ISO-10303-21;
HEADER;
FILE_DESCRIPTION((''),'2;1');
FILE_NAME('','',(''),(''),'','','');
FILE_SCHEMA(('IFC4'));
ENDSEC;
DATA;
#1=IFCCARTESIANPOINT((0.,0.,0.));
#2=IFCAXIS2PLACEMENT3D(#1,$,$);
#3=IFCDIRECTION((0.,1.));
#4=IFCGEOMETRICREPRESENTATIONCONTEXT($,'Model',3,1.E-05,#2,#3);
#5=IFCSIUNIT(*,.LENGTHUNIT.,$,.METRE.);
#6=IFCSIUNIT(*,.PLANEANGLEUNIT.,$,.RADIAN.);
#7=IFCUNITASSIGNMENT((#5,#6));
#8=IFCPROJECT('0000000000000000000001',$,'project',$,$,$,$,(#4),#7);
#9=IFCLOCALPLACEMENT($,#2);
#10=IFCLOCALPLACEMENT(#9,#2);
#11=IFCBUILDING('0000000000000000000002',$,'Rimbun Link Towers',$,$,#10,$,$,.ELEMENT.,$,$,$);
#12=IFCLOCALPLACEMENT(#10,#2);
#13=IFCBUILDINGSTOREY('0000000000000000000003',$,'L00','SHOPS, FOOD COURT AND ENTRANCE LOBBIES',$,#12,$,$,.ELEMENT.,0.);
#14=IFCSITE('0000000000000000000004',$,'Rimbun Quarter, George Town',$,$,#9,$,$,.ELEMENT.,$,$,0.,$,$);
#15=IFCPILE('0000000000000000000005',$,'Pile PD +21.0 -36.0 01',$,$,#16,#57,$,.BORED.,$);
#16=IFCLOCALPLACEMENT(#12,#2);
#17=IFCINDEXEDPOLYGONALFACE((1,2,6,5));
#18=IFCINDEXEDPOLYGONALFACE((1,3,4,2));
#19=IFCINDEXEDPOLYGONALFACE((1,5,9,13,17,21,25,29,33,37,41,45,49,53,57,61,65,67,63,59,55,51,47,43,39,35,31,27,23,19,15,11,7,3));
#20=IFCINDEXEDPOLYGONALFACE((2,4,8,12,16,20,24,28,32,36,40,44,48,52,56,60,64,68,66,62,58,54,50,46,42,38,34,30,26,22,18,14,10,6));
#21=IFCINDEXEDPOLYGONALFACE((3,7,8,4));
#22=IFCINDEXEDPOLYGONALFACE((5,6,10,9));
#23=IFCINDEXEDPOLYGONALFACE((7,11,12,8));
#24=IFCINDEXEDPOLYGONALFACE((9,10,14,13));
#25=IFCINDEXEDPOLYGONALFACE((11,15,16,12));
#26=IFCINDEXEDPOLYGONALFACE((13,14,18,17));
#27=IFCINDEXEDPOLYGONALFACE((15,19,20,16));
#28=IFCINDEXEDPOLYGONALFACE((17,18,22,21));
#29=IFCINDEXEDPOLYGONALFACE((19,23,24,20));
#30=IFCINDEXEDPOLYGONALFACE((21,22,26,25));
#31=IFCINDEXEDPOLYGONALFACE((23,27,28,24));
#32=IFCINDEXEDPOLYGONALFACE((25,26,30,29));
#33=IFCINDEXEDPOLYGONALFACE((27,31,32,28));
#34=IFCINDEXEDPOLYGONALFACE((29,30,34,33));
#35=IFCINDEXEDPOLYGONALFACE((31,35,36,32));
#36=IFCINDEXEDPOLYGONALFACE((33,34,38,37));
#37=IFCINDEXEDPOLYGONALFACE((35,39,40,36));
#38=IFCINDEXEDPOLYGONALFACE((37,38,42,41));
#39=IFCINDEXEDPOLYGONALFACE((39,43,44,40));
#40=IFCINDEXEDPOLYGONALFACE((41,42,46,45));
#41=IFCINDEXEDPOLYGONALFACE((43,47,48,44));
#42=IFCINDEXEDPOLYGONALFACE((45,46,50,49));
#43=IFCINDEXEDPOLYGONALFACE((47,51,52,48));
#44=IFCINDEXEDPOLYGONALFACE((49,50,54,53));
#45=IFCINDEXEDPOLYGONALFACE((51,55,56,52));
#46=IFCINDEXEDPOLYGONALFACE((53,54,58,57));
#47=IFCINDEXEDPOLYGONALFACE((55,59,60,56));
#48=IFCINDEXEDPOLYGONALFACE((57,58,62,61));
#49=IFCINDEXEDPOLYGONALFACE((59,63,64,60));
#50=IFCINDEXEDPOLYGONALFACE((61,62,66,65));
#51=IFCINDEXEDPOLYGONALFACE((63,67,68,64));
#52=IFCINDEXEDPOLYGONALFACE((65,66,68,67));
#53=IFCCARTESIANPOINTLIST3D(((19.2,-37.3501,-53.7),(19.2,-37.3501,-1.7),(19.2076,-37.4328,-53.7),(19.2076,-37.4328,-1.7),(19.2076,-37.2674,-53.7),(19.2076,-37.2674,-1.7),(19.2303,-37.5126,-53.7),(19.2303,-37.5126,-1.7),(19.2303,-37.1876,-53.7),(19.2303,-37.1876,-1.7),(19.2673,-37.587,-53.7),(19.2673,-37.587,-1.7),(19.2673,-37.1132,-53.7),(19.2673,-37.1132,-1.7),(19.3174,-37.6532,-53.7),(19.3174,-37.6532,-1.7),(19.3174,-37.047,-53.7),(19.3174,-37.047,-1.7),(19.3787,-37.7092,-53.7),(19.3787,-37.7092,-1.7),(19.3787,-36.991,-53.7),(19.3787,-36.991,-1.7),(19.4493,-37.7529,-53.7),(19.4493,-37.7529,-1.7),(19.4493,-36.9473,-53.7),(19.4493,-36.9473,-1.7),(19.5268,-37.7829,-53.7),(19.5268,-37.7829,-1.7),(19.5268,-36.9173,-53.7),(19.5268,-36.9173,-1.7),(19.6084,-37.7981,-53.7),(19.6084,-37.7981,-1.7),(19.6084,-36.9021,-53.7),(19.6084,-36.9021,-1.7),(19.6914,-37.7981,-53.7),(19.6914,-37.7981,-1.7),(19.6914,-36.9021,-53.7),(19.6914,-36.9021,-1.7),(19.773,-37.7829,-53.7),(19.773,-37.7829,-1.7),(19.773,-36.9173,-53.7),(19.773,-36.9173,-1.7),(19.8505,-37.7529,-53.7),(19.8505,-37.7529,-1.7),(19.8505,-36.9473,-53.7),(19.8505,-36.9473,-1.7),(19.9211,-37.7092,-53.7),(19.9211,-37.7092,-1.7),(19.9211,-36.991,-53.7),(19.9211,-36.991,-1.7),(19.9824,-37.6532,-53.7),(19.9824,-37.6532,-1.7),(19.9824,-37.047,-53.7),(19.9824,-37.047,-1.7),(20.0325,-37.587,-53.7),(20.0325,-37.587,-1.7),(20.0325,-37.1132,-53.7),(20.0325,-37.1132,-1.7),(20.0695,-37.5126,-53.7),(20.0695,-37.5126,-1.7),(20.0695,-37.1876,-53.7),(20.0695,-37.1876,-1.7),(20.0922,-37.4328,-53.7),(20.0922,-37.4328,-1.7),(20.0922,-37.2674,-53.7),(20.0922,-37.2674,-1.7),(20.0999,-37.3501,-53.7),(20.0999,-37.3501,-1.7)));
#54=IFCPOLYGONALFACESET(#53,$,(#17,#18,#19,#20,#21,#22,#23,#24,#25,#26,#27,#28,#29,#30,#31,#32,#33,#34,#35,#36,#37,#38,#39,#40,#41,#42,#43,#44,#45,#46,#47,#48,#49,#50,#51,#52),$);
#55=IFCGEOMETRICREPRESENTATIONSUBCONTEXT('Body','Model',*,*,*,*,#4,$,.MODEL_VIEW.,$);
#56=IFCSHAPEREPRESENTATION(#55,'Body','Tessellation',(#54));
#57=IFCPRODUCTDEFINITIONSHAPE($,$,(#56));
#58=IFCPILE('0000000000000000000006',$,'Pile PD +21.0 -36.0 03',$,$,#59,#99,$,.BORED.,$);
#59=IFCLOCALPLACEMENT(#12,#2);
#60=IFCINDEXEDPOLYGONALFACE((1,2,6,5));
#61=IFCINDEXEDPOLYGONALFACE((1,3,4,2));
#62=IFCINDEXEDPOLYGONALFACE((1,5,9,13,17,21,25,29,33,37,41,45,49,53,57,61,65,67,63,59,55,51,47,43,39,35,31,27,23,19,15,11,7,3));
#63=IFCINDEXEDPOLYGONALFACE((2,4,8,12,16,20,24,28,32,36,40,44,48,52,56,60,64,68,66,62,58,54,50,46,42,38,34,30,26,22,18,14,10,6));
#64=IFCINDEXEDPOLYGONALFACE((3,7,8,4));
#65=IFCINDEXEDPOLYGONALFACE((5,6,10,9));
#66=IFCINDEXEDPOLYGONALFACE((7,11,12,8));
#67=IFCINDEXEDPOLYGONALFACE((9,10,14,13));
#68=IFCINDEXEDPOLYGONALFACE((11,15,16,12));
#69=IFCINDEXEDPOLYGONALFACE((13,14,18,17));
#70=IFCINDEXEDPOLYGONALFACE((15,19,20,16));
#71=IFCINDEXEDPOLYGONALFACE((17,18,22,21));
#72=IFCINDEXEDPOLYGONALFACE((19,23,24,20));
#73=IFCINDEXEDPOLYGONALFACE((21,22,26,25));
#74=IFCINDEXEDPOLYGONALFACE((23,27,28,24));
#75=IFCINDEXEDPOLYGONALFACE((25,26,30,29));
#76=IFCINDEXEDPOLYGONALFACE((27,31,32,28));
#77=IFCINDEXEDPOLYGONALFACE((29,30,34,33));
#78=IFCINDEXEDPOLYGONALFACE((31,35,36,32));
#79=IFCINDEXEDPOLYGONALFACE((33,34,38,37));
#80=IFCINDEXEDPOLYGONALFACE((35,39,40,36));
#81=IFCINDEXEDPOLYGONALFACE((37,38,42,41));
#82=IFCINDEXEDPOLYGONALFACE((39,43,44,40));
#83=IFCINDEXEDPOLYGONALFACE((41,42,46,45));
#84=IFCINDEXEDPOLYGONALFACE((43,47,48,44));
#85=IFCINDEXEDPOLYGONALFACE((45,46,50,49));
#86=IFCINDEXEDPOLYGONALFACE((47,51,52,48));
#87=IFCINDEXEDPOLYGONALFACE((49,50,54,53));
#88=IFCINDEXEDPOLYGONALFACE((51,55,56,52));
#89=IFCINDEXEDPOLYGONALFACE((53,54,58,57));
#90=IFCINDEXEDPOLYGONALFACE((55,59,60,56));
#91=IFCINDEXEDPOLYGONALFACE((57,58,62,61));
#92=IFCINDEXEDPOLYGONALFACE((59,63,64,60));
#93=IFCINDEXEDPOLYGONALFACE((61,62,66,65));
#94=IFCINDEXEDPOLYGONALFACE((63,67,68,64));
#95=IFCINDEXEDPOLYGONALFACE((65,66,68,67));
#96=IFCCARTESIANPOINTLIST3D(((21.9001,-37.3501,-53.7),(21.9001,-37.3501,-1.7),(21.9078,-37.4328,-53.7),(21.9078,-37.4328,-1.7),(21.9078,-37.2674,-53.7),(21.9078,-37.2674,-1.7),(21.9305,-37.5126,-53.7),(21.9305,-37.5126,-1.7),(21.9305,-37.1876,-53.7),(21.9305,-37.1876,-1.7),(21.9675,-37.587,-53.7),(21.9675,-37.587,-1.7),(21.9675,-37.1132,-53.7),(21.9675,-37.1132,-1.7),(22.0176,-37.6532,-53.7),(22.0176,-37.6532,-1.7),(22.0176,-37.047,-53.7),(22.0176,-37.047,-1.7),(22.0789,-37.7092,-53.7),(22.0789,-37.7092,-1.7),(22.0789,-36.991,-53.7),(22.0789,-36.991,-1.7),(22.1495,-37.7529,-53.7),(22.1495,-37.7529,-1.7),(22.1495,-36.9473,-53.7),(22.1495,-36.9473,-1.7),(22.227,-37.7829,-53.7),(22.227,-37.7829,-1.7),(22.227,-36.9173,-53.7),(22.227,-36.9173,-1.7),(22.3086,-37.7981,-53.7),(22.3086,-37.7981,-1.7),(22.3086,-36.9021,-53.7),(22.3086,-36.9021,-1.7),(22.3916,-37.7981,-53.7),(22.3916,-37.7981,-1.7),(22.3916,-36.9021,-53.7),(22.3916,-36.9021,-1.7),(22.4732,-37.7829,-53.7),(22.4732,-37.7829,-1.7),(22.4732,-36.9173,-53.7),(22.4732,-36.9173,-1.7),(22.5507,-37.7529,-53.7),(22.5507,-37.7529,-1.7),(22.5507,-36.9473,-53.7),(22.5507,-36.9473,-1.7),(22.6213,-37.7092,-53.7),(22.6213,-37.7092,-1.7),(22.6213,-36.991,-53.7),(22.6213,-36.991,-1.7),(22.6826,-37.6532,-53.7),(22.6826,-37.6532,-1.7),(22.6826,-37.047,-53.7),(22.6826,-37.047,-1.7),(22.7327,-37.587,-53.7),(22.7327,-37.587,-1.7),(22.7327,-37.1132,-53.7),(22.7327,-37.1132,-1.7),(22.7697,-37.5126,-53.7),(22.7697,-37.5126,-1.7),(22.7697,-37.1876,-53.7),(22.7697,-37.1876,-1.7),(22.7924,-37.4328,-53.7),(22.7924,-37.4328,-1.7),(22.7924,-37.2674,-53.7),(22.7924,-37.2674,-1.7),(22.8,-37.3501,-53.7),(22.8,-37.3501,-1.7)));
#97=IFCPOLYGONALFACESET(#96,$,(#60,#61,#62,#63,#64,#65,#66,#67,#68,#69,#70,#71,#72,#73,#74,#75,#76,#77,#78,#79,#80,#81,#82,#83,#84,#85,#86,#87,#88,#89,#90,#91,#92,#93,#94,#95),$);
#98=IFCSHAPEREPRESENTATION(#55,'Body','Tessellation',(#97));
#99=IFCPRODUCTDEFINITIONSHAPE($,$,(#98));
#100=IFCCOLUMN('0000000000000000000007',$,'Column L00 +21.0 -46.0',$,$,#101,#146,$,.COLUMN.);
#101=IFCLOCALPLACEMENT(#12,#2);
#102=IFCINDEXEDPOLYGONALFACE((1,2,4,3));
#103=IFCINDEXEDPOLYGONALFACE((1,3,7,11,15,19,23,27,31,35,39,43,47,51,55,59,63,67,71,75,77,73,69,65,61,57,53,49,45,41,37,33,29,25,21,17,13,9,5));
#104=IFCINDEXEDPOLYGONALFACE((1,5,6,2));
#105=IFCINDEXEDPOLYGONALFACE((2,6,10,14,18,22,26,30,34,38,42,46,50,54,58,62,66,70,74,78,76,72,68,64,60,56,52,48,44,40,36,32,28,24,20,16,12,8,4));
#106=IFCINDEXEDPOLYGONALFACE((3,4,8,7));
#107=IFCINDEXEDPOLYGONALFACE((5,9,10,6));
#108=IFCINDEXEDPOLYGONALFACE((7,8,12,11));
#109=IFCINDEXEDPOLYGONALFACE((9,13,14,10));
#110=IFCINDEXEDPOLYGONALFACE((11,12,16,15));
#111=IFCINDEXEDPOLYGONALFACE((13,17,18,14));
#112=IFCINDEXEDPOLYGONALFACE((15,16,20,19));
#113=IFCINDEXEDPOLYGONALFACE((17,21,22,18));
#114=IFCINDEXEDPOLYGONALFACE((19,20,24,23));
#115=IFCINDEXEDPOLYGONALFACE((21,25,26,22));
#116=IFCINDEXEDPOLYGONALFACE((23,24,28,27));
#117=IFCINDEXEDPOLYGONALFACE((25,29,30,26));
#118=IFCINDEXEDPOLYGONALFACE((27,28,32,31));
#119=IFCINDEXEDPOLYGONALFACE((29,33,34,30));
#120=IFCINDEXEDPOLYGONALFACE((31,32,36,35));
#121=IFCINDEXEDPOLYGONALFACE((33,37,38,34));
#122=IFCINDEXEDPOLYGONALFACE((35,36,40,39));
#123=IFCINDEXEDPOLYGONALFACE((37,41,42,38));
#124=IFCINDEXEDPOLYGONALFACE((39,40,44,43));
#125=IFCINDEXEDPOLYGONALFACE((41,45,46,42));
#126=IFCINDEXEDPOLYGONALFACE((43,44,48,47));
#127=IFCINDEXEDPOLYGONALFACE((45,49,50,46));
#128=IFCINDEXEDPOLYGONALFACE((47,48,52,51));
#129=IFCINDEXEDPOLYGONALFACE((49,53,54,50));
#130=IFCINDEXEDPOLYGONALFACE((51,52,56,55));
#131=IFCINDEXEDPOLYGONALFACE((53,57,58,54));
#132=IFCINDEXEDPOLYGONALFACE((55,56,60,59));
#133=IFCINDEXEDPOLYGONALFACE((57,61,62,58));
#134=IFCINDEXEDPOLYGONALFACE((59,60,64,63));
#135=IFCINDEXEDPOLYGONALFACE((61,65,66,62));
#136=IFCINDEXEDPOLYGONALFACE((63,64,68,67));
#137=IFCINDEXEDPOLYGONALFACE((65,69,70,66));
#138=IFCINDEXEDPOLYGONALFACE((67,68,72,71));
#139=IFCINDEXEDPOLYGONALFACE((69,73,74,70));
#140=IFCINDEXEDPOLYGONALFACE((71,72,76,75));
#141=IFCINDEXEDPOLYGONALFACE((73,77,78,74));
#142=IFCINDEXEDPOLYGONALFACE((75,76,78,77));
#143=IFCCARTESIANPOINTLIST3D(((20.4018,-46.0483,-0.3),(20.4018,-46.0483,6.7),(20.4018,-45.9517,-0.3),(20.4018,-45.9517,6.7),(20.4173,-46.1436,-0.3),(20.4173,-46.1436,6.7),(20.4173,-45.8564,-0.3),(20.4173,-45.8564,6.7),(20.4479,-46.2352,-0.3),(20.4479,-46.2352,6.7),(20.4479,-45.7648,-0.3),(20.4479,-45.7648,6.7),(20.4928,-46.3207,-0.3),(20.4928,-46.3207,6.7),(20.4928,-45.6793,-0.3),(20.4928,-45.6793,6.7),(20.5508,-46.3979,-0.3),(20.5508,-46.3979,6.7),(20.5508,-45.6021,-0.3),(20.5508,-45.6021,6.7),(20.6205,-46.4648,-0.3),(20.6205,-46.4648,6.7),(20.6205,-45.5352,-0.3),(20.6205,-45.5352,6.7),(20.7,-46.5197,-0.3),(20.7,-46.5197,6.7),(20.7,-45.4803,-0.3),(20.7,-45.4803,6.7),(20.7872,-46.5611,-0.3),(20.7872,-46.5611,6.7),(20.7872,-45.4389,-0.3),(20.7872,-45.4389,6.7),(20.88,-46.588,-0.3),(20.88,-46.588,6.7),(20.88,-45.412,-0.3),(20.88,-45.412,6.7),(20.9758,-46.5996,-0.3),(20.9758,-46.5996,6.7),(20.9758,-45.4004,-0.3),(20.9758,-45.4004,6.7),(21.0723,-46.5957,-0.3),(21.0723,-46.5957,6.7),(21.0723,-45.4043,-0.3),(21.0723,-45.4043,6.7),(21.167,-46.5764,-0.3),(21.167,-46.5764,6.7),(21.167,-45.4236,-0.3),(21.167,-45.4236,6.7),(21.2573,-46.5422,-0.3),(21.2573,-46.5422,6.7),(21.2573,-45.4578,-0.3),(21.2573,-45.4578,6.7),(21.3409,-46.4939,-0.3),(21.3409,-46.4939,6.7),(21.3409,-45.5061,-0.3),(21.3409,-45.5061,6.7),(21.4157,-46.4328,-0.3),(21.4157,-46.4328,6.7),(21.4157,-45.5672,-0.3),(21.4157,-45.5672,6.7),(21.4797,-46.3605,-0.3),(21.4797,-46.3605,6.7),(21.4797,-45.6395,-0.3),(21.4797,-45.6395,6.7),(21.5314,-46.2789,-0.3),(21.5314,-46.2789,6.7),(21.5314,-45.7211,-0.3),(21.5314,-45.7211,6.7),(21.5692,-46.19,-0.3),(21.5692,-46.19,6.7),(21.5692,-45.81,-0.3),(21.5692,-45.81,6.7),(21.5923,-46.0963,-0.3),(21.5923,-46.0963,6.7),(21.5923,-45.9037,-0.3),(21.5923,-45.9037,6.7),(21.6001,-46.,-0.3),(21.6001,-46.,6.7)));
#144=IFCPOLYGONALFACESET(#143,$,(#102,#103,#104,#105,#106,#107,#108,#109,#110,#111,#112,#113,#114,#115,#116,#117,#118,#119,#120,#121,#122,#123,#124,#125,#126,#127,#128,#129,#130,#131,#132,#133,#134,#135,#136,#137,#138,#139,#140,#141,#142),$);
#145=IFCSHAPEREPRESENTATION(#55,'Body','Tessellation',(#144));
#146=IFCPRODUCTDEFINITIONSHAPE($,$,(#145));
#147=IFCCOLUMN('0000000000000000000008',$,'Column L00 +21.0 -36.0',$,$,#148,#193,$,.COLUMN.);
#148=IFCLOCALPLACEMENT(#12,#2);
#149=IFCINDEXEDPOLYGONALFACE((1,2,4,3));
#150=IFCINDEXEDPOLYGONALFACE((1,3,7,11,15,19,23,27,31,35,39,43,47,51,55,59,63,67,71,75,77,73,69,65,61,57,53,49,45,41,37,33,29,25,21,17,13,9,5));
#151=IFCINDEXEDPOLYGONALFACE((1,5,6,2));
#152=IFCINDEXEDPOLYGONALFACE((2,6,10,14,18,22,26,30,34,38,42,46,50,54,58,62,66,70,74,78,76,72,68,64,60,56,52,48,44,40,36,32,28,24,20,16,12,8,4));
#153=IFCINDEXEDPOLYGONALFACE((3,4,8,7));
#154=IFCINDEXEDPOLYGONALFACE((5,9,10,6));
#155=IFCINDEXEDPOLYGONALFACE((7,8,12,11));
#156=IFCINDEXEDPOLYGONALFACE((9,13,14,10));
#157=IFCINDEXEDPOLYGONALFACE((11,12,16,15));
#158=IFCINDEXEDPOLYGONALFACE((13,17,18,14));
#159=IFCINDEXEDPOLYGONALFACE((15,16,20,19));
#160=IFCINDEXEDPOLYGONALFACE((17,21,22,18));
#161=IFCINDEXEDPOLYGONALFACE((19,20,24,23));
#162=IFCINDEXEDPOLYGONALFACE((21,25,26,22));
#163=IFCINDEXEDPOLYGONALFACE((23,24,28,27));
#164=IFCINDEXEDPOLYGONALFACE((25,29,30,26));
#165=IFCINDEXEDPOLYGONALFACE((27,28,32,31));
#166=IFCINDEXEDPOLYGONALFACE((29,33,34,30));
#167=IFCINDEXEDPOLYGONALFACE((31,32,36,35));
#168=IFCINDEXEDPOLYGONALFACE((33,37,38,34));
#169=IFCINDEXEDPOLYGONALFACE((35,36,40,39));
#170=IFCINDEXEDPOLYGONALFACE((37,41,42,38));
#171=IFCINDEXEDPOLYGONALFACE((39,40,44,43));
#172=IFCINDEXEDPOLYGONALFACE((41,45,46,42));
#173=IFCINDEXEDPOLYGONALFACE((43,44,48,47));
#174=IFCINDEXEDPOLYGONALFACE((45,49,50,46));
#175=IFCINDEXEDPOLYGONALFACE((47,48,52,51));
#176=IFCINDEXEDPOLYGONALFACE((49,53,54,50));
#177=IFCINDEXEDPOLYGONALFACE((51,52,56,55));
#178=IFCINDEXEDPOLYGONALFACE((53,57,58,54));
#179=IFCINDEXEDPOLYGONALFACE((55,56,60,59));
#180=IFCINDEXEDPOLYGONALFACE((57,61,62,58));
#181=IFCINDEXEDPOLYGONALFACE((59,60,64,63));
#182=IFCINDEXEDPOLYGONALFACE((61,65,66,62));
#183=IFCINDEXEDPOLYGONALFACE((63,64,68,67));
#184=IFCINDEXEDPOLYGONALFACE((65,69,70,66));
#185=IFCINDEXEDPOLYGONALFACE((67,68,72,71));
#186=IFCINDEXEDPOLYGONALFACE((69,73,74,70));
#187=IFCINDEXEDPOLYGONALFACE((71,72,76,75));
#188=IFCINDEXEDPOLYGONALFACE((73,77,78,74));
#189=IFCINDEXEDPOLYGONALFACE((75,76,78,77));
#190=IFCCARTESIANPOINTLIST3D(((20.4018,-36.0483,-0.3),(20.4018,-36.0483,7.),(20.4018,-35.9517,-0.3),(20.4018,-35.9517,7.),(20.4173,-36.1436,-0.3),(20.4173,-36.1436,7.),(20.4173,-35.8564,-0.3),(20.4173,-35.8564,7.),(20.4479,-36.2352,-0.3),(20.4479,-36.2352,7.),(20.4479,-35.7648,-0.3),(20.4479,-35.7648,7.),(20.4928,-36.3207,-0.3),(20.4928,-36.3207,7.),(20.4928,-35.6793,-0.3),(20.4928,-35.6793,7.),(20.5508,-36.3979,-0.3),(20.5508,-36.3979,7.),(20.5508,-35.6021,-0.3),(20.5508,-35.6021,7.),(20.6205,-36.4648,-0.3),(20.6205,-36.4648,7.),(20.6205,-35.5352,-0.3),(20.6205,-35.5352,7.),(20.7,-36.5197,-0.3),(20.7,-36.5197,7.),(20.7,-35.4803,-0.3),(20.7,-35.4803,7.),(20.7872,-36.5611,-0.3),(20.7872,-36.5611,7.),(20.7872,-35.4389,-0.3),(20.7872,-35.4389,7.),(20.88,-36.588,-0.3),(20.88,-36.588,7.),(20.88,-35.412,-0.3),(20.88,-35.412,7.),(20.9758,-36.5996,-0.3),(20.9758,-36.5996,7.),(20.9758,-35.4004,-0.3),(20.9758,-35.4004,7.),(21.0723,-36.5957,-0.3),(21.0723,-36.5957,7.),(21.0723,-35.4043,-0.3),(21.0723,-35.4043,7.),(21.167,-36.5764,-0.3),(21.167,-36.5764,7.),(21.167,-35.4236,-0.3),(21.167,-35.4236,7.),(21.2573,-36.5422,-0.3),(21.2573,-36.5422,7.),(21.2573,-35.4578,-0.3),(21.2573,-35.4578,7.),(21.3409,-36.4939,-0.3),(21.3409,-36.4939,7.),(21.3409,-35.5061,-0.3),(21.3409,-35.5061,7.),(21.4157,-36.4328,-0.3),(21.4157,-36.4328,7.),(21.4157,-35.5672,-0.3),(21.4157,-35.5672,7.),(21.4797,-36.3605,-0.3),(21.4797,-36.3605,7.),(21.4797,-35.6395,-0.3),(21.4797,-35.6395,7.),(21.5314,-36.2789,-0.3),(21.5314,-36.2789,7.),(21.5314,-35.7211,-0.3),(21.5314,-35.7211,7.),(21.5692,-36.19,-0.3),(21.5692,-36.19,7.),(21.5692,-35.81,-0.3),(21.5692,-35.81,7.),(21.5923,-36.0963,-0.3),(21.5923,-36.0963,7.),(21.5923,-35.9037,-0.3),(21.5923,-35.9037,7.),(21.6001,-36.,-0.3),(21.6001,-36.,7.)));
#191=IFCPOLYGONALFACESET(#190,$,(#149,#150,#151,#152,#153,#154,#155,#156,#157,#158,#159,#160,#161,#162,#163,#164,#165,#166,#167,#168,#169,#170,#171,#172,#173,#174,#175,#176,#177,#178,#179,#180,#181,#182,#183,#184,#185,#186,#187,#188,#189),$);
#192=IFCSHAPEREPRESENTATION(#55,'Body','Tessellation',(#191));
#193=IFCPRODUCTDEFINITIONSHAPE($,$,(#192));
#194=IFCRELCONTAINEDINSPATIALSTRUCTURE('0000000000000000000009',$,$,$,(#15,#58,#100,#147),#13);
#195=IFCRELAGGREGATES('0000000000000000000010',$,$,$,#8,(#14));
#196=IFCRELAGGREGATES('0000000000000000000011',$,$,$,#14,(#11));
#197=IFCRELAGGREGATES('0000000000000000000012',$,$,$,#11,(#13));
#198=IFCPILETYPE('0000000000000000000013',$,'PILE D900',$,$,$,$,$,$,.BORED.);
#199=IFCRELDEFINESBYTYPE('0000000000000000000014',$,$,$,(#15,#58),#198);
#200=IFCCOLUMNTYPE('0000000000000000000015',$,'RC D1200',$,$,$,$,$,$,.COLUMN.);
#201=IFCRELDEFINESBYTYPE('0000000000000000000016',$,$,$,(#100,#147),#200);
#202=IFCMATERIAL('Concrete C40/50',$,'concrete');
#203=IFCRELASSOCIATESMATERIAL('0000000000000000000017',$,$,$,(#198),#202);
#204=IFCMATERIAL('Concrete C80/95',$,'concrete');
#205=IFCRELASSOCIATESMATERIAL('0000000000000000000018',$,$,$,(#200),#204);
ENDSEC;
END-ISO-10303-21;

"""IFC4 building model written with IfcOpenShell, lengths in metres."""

from ifc_helpers import new_model, si_unit, direction, frame, origin, origin_2d, place, context, subcontext, project, spatial, circle, extrude, material, material_profile, profile_set, type_object, element, save


model = new_model("IFC4")

# Units and contexts
model_context = context("Model", 3, precision=1e-05, world=origin(), true_north=direction((0.0, 1.0)))
body_context = subcontext(model_context, "Body", "Model", "MODEL_VIEW")
ifc_project = project(units=[si_unit("LENGTHUNIT", "METRE"), si_unit("PLANEANGLEUNIT", "RADIAN")], contexts=[model_context])

# Site, building, storey
site_placement = place(None, origin())
site = spatial("IfcSite", under=ifc_project, at=site_placement, Name="Rimbun Quarter, George Town", CompositionType="ELEMENT", RefElevation=0.0)
building_placement = place(site_placement, origin())
building = spatial("IfcBuilding", under=site, at=building_placement, Name="Rimbun Link Towers", CompositionType="ELEMENT")
storey_placement = place(building_placement, origin())
storey = spatial("IfcBuildingStorey", under=building, at=storey_placement, Name="L00", Description="SHOPS, FOOD COURT AND ENTRANCE LOBBIES", CompositionType="ELEMENT", Elevation=0.0)

# Piles
ifc_material_1 = material(Name="Concrete C40/50", Category="concrete")
ifc_material_profile_1 = material_profile(ifc_material_1, circle(Radius=0.45, at=origin_2d()), Name="PILE D900")
ifc_profile_set_1 = profile_set([ifc_material_profile_1], Name="Concrete C40/50")
pile_type = type_object("IfcPileType", Name="PILE D900", PredefinedType="BORED", material=ifc_profile_set_1)
for number, where, z_axis, x_axis, name in (
    (1, (19.6499, -37.3501, -1.7), (0.0, 0.0, -1.0), (1.0, 0.0, 0.0), "Pile PD +21.0 -36.0 01"),
    (2, (22.3501, -37.3501, -1.7), (0.0, 0.0, -1.0), (1.0, 0.0, 0.0), "Pile PD +21.0 -36.0 03"),
):
    element("IfcPile", number, at=place(storey_placement, frame(where, z_axis=z_axis, x_axis=x_axis)), inside=storey, type_object=pile_type, Name=name, PredefinedType="BORED", context=body_context, shape_type="SweptSolid", body=[
        extrude(circle(Radius=0.45, at=origin_2d()), origin(), (0.0, 0.0, 1.0), 52.0),
    ])

# Columns
ifc_material_2 = material(Name="Concrete C80/95", Category="concrete")
ifc_material_profile_2 = material_profile(ifc_material_2, circle(Radius=0.6001, at=origin_2d()), Name="RC D1200")
ifc_profile_set_2 = profile_set([ifc_material_profile_2], Name="Concrete C80/95")
column_type = type_object("IfcColumnType", Name="RC D1200", PredefinedType="COLUMN", material=ifc_profile_set_2)
column_1_placement = place(storey_placement, frame((21.0, -46.0, -0.3), z_axis=(0.0, 0.0, 1.0), x_axis=(1.0, 0.0, 0.0)))
element("IfcColumn", 3, at=column_1_placement, inside=storey, type_object=column_type, Name="Column L00 +21.0 -46.0", PredefinedType="COLUMN", context=body_context, shape_type="SweptSolid", body=[
    extrude(circle(Radius=0.6001, at=origin_2d()), origin(), (0.0, 0.0, 1.0), 7.0),
])
column_2_placement = place(storey_placement, frame((21.0, -36.0, -0.3), z_axis=(0.0, 0.0, 1.0), x_axis=(1.0, 0.0, 0.0)))
element("IfcColumn", 4, at=column_2_placement, inside=storey, type_object=column_type, Name="Column L00 +21.0 -36.0", PredefinedType="COLUMN", context=body_context, shape_type="SweptSolid", body=[
    extrude(circle(Radius=0.6001, at=origin_2d()), origin(), (0.0, 0.0, 1.0), 7.3),
])

save(model, "model.ifc")
